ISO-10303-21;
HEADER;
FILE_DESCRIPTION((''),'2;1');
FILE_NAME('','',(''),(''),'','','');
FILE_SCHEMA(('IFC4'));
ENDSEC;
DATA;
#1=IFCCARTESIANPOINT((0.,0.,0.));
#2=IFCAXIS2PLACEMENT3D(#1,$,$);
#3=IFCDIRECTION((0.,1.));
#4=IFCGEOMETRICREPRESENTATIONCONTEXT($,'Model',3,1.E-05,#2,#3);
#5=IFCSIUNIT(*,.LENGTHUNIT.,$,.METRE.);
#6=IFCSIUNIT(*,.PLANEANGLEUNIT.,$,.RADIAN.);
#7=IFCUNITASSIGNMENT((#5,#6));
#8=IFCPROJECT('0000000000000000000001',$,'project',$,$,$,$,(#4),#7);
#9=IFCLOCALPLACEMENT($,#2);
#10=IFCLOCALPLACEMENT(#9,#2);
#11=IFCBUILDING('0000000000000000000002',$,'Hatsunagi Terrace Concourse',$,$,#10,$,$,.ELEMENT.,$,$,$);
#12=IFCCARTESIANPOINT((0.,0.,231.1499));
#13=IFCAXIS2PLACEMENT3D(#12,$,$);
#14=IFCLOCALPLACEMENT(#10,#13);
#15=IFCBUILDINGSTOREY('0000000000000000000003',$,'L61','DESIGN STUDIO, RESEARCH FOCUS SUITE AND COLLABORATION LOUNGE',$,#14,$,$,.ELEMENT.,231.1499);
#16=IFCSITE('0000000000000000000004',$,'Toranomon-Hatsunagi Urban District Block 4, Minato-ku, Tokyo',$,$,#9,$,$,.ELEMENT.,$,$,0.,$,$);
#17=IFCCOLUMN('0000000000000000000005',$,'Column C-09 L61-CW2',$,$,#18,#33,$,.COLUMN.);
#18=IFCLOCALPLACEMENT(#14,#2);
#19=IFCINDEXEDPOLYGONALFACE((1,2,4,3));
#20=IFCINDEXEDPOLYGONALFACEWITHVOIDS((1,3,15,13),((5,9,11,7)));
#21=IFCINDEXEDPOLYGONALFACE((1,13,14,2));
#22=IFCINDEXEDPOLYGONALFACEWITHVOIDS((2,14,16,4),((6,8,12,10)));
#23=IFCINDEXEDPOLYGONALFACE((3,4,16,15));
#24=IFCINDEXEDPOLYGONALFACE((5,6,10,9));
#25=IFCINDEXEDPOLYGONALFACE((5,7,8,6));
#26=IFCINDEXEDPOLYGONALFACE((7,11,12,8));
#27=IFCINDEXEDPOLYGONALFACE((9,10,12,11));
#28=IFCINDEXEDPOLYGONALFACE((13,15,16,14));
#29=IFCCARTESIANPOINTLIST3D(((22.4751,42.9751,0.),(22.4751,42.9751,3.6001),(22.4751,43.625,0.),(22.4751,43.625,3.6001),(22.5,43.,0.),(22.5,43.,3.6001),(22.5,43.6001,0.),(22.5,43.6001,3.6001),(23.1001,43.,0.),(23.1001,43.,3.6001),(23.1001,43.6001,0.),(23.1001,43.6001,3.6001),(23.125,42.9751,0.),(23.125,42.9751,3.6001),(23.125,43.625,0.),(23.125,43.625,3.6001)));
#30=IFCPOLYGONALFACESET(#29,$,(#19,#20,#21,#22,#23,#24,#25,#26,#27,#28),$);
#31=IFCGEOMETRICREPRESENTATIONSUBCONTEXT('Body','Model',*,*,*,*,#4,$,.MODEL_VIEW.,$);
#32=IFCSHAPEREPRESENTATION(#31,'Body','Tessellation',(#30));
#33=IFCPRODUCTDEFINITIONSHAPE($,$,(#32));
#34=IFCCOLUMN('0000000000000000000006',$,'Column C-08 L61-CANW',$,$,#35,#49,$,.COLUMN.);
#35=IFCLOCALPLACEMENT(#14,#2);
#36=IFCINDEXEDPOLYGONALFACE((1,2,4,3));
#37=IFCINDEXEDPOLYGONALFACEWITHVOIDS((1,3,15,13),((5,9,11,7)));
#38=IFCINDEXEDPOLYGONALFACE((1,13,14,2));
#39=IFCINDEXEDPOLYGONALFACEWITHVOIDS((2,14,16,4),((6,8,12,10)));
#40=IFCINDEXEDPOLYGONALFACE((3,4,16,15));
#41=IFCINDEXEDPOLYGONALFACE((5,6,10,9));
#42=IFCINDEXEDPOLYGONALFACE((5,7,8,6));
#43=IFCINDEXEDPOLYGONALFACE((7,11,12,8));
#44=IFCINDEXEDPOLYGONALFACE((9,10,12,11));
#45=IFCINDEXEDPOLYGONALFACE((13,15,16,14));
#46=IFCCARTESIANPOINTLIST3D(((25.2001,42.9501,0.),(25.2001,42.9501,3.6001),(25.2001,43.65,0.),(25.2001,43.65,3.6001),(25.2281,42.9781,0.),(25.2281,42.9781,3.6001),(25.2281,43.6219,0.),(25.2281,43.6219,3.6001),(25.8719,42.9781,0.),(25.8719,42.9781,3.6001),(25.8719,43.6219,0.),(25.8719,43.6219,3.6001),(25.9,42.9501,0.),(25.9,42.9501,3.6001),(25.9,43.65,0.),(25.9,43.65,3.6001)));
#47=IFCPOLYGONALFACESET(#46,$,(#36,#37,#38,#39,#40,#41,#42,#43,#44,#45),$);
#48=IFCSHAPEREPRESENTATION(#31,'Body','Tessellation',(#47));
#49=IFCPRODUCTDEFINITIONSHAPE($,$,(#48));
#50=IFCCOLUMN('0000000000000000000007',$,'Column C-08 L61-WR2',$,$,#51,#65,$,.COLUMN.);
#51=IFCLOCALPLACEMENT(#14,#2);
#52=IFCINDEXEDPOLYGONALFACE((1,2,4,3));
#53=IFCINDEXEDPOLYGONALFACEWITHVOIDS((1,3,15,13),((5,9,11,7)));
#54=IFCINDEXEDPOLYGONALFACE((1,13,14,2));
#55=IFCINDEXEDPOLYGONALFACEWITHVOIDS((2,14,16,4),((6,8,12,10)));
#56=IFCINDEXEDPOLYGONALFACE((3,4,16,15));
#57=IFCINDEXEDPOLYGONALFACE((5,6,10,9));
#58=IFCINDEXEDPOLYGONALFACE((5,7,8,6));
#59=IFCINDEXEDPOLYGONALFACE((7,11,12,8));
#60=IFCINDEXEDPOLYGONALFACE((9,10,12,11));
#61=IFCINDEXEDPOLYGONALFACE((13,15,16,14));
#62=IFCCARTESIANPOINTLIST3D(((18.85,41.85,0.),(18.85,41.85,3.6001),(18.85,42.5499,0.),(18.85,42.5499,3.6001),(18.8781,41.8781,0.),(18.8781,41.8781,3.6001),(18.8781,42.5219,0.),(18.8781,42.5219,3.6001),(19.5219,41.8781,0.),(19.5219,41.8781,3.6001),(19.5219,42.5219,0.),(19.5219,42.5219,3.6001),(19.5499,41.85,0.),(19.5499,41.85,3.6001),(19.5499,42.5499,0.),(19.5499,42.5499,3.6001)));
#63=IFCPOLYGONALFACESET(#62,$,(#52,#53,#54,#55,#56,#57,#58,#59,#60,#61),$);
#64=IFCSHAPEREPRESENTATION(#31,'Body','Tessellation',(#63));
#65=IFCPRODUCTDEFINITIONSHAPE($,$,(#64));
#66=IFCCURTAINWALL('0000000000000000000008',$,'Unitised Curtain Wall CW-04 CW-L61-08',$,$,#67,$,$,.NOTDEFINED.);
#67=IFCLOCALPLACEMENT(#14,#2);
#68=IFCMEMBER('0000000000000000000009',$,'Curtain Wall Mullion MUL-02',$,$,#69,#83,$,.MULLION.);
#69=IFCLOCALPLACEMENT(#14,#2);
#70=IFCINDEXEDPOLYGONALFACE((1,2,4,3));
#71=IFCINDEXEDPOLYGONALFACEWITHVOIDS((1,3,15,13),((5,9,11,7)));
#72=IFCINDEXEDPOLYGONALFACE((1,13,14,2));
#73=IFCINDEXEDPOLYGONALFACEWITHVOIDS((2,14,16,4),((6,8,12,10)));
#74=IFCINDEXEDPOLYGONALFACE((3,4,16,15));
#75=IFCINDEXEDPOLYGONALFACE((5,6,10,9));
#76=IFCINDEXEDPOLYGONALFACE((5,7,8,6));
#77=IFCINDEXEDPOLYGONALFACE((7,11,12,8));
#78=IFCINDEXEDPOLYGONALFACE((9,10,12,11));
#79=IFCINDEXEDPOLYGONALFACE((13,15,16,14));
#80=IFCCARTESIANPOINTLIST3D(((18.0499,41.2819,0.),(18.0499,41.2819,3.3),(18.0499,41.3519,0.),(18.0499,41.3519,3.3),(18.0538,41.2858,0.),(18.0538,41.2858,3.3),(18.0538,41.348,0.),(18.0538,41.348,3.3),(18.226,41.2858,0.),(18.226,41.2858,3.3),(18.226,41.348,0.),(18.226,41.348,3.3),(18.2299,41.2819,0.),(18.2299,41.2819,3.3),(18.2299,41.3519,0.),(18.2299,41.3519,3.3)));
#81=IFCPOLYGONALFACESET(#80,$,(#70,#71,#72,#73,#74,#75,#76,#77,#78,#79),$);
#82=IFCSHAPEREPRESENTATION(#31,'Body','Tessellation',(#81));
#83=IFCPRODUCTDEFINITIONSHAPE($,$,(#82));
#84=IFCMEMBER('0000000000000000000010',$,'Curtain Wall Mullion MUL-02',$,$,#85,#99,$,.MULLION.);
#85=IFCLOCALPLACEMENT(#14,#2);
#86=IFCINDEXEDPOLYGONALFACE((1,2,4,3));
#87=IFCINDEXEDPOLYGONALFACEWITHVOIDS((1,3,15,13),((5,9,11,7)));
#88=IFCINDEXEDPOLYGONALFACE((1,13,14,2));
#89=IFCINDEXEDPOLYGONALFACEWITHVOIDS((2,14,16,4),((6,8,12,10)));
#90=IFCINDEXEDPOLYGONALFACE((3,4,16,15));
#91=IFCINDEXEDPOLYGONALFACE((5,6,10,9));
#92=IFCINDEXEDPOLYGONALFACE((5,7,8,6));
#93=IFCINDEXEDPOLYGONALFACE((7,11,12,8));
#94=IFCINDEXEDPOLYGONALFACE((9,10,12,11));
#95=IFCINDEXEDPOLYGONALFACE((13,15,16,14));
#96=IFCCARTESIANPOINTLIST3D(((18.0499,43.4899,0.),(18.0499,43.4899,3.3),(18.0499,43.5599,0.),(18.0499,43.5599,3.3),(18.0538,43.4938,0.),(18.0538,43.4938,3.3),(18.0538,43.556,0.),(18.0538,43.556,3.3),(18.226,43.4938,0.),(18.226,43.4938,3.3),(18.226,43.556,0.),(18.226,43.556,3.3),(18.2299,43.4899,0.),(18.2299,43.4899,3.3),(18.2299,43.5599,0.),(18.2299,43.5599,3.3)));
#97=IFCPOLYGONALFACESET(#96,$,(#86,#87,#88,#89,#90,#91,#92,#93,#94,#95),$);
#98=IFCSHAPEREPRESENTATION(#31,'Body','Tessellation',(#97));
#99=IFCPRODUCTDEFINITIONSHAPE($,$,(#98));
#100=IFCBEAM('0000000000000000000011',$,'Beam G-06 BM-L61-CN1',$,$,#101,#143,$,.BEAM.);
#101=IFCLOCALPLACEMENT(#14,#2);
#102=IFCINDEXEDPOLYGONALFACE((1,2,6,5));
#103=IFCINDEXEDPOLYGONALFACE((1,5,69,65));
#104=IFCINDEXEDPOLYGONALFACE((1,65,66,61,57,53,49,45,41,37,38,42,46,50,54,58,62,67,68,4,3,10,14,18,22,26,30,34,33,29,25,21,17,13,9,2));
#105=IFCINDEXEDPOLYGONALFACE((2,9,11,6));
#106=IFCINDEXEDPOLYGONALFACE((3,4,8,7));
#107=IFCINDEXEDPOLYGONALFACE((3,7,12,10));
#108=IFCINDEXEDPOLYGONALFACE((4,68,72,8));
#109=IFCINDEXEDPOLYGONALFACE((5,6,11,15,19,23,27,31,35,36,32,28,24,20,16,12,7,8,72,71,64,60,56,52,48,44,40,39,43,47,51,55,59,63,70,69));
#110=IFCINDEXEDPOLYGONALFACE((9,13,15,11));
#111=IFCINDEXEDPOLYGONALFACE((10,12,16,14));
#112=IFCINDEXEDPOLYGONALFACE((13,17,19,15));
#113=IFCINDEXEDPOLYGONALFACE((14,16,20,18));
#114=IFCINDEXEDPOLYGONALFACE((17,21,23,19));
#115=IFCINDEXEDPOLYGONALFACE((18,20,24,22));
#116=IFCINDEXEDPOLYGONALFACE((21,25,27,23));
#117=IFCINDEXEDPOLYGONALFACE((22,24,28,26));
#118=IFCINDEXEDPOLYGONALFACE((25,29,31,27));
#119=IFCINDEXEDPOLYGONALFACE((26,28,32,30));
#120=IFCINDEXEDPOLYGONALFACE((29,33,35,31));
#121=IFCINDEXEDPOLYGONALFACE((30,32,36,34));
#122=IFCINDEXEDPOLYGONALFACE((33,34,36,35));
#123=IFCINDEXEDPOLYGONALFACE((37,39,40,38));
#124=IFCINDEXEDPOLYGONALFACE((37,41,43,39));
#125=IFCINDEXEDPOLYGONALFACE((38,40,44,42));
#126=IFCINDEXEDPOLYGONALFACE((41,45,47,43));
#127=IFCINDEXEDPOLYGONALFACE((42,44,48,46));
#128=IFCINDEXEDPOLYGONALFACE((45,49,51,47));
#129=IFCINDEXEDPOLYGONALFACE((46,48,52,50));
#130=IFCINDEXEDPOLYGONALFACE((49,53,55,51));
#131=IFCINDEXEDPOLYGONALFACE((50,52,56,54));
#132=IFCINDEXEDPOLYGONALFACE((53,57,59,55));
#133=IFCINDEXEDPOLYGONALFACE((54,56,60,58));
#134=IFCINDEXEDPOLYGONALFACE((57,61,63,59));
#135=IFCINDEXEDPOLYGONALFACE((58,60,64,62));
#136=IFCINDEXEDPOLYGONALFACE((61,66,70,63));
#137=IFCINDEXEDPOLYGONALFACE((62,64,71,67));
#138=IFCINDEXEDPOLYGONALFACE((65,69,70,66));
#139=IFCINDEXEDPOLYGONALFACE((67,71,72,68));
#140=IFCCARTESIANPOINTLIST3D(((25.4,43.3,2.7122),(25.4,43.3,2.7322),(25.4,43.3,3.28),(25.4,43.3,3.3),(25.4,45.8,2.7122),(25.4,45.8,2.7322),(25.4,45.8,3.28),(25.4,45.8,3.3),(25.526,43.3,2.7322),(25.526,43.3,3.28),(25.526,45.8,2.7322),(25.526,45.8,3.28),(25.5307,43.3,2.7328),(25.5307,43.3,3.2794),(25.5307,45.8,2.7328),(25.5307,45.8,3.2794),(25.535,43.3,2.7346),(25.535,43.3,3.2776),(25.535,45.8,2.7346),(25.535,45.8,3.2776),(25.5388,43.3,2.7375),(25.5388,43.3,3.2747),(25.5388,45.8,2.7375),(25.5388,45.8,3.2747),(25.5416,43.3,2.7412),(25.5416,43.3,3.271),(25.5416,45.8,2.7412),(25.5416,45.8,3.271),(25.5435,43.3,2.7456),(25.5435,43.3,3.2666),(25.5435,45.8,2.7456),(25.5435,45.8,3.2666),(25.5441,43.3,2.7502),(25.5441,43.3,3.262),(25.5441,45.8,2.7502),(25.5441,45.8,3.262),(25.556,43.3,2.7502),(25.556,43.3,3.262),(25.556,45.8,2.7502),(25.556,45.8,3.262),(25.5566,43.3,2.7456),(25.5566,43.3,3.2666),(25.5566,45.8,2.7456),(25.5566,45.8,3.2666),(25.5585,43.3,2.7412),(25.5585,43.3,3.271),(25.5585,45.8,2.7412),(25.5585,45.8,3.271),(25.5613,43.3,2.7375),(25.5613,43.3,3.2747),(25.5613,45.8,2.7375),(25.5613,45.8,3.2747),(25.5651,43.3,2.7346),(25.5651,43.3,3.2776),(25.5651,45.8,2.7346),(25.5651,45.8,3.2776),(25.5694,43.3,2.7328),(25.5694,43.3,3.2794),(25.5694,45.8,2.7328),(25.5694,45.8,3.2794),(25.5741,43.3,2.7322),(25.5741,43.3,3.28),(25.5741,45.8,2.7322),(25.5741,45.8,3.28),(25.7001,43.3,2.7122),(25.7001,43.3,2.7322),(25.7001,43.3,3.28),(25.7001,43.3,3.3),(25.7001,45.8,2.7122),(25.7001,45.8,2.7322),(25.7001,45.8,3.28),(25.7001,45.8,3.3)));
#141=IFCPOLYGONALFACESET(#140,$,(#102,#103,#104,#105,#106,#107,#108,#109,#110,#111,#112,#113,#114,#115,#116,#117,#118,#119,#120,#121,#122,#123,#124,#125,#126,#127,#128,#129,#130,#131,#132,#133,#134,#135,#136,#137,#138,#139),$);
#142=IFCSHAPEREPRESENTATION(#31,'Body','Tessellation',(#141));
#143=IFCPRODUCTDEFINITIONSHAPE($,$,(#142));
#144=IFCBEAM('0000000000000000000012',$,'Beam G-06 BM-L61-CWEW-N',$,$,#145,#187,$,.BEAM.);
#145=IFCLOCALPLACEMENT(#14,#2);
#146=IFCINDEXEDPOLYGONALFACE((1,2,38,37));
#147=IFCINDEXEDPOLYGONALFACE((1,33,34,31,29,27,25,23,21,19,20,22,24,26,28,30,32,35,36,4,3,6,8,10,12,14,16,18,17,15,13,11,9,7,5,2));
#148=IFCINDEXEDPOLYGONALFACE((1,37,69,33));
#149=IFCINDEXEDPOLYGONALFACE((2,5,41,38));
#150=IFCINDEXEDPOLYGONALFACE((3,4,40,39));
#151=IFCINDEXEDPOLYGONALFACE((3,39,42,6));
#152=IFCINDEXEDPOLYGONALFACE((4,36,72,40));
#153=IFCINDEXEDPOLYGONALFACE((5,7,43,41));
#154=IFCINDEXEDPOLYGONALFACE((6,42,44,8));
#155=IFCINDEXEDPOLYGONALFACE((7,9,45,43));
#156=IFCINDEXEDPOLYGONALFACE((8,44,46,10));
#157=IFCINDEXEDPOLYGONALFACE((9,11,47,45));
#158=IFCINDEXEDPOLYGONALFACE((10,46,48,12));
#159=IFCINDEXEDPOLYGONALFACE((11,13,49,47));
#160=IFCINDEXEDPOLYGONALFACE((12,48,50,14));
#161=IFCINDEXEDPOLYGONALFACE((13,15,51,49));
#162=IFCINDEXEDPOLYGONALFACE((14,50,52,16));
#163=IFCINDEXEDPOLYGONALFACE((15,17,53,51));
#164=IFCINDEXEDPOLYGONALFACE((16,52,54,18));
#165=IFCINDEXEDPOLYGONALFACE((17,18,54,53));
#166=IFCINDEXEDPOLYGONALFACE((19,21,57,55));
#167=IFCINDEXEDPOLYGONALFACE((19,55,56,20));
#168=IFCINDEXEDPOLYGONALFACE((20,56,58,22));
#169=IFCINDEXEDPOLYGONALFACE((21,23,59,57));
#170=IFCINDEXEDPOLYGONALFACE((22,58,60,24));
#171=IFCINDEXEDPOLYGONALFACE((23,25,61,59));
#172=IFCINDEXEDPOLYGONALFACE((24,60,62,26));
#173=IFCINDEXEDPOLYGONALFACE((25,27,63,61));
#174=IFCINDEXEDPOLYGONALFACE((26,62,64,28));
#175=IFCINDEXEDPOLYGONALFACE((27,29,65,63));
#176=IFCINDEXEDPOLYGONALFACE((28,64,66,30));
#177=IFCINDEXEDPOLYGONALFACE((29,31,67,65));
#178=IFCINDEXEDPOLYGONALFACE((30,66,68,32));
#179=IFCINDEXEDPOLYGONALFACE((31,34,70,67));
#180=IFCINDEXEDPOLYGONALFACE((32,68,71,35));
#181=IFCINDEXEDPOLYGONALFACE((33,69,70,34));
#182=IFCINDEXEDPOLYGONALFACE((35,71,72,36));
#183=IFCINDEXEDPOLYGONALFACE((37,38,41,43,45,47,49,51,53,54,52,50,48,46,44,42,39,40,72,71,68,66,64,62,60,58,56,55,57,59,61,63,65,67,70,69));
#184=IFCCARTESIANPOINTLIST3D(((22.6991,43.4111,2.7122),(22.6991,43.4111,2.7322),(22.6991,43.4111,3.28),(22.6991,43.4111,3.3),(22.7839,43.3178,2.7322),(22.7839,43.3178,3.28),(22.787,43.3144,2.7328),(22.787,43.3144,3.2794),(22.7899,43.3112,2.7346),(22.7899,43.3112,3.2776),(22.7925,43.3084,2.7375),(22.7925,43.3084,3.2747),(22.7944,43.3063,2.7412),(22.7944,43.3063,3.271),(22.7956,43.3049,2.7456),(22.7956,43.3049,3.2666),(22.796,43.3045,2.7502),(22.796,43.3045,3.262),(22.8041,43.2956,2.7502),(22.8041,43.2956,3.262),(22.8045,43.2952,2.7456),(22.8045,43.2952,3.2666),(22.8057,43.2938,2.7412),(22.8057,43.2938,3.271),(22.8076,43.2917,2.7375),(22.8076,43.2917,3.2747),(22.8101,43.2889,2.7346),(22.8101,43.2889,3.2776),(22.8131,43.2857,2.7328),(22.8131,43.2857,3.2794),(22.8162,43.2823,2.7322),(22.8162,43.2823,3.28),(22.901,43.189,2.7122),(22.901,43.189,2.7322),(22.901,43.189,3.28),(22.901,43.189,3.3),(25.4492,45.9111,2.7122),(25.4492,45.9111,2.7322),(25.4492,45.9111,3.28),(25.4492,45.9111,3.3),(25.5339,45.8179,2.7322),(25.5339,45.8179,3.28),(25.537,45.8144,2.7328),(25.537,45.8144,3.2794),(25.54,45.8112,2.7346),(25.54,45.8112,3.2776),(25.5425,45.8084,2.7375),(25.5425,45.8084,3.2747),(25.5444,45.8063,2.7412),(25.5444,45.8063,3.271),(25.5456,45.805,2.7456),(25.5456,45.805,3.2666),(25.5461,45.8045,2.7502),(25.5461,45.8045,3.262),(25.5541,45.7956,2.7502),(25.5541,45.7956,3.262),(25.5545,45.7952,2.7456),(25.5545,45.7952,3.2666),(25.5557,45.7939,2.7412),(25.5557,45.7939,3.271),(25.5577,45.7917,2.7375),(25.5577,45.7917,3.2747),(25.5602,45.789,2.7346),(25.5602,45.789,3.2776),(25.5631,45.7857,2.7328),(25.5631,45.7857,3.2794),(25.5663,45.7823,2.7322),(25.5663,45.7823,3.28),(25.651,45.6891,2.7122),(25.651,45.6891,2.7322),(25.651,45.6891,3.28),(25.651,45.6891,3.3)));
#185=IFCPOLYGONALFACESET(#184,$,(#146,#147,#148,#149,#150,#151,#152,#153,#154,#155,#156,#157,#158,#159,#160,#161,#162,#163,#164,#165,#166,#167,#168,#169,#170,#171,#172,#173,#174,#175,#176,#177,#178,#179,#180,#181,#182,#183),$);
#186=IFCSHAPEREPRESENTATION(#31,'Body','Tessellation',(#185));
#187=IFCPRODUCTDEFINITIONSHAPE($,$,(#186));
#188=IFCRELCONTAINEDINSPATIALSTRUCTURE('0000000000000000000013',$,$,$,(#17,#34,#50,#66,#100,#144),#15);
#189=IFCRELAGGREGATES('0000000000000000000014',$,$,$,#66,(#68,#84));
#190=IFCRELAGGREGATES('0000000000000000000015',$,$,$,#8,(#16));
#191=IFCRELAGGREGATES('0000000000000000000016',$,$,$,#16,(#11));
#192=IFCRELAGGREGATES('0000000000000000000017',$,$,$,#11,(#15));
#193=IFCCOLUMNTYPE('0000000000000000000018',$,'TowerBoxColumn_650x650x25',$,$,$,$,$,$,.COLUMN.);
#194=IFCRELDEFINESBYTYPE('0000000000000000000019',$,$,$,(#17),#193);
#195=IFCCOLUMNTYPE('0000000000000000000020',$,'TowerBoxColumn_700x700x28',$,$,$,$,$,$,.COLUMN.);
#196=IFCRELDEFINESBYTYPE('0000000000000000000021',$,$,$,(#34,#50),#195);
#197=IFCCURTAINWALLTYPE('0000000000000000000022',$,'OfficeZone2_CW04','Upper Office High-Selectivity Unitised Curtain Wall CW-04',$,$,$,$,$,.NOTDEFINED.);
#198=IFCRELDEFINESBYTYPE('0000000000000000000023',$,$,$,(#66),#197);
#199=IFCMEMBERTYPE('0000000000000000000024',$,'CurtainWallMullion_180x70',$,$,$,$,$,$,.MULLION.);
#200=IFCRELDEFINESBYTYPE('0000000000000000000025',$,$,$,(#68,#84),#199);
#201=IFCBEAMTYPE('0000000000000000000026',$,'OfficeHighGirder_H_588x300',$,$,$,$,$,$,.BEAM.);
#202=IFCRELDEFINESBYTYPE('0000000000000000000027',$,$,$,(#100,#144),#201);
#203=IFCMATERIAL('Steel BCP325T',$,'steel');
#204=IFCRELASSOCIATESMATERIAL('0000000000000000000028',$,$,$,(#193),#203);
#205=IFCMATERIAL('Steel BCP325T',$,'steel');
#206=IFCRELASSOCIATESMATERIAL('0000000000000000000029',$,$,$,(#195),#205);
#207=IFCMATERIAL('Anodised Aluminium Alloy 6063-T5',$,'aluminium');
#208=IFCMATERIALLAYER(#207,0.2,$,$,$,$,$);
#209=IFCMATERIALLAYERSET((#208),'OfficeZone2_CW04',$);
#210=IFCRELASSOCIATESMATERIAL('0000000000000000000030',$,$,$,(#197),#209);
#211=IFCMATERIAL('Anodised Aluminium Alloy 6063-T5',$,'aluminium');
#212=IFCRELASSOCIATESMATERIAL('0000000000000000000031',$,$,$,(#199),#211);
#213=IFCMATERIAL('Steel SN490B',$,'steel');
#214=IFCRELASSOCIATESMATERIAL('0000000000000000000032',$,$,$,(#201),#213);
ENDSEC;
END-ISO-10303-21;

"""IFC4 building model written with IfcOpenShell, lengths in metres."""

from ifc_helpers import new_model, si_unit, direction, frame, origin, origin_2d, place, context, subcontext, project, spatial, hollow_rectangle, i_section, extrude, material, layer, layer_set, material_profile, profile_set, type_object, element, aggregate, save


model = new_model("IFC4")

# Units and contexts
model_context = context("Model", 3, precision=1e-05, world=origin(), true_north=direction((0.0, 1.0)))
body_context = subcontext(model_context, "Body", "Model", "MODEL_VIEW")
ifc_project = project(units=[si_unit("LENGTHUNIT", "METRE"), si_unit("PLANEANGLEUNIT", "RADIAN")], contexts=[model_context])

# Site, building, storey
site_placement = place(None, origin())
site = spatial("IfcSite", under=ifc_project, at=site_placement, Name="Toranomon-Hatsunagi Urban District Block 4, Minato-ku, Tokyo", CompositionType="ELEMENT", RefElevation=0.0)
building_placement = place(site_placement, origin())
building = spatial("IfcBuilding", under=site, at=building_placement, Name="Hatsunagi Terrace Concourse", CompositionType="ELEMENT")
storey_placement = place(building_placement, frame((0.0, 0.0, 231.1499)))
storey = spatial("IfcBuildingStorey", under=building, at=storey_placement, Name="L61", Description="DESIGN STUDIO, RESEARCH FOCUS SUITE AND COLLABORATION LOUNGE", CompositionType="ELEMENT", Elevation=231.1499)

# Columns
ifc_material_1 = material(Name="Steel BCP325T", Category="steel")
ifc_material_profile_1 = material_profile(ifc_material_1, hollow_rectangle(XDim=0.6499, YDim=0.6499, WallThickness=0.0249, at=origin_2d()), Name="BCP-650x650x25")
ifc_profile_set_1 = profile_set([ifc_material_profile_1], Name="Steel BCP325T")
column_type_1 = type_object("IfcColumnType", Name="TowerBoxColumn_650x650x25", PredefinedType="COLUMN", material=ifc_profile_set_1)
column_placement = place(storey_placement, frame((22.8, 43.3, 0.0), z_axis=(0.0, 0.0, 1.0), x_axis=(1.0, 0.0, 0.0)))
element("IfcColumn", 1, at=column_placement, inside=storey, type_object=column_type_1, Name="Column C-09 L61-CW2", PredefinedType="COLUMN", context=body_context, shape_type="SweptSolid", body=[
    extrude(hollow_rectangle(XDim=0.6499, YDim=0.6499, WallThickness=0.0249, at=origin_2d()), origin(), (0.0, 0.0, 1.0), 3.6001),
])
ifc_material_2 = material(Name="Steel BCP325T", Category="steel")
ifc_material_profile_2 = material_profile(ifc_material_2, hollow_rectangle(XDim=0.7, YDim=0.7, WallThickness=0.0281, at=origin_2d()), Name="BCP-700x700x28")
ifc_profile_set_2 = profile_set([ifc_material_profile_2], Name="Steel BCP325T")
column_type_2 = type_object("IfcColumnType", Name="TowerBoxColumn_700x700x28", PredefinedType="COLUMN", material=ifc_profile_set_2)
for number, where, z_axis, x_axis, name in (
    (2, (25.55, 43.3, 0.0), (0.0, 0.0, 1.0), (1.0, 0.0, 0.0), "Column C-08 L61-CANW"),
    (3, (19.2, 42.2, 0.0), (0.0, 0.0, 1.0), (1.0, 0.0, 0.0), "Column C-08 L61-WR2"),
):
    element("IfcColumn", number, at=place(storey_placement, frame(where, z_axis=z_axis, x_axis=x_axis)), inside=storey, type_object=column_type_2, Name=name, PredefinedType="COLUMN", context=body_context, shape_type="SweptSolid", body=[
        extrude(hollow_rectangle(XDim=0.7, YDim=0.7, WallThickness=0.0281, at=origin_2d()), origin(), (0.0, 0.0, 1.0), 3.6001),
    ])

# Curtain wall, members
ifc_material_3 = material(Name="Anodised Aluminium Alloy 6063-T5", Category="aluminium")
ifc_layer_1 = layer(ifc_material_3, 0.2)
ifc_layer_set_1 = layer_set([ifc_layer_1], Name="OfficeZone2_CW04")
curtain_wall_type = type_object("IfcCurtainWallType", Name="OfficeZone2_CW04", Description="Upper Office High-Selectivity Unitised Curtain Wall CW-04", PredefinedType="NOTDEFINED", material=ifc_layer_set_1)
curtain_wall_placement = place(storey_placement, origin())
curtain_wall = element("IfcCurtainWall", 4, at=curtain_wall_placement, inside=storey, type_object=curtain_wall_type, Name="Unitised Curtain Wall CW-04 CW-L61-08", PredefinedType="NOTDEFINED")
ifc_material_4 = material(Name="Anodised Aluminium Alloy 6063-T5", Category="aluminium")
ifc_material_profile_3 = material_profile(ifc_material_4, hollow_rectangle(XDim=0.0701, YDim=0.1799, WallThickness=0.0039, at=origin_2d()), Name="ALU-MUL-180x70x4")
ifc_profile_set_3 = profile_set([ifc_material_profile_3], Name="Anodised Aluminium Alloy 6063-T5")
member_type = type_object("IfcMemberType", Name="CurtainWallMullion_180x70", PredefinedType="MULLION", material=ifc_profile_set_3)
member_1_placement = place(storey_placement, frame((18.1399, 41.3169, 0.0), z_axis=(0.0, 0.0, 1.0), x_axis=(0.0, 1.0, 0.0)))
member_1 = element("IfcMember", 5, at=member_1_placement, type_object=member_type, Name="Curtain Wall Mullion MUL-02", PredefinedType="MULLION", context=body_context, shape_type="SweptSolid", body=[
    extrude(hollow_rectangle(XDim=0.0701, YDim=0.1799, WallThickness=0.0039, at=origin_2d()), origin(), (0.0, 0.0, 1.0), 3.3),
])
member_2_placement = place(storey_placement, frame((18.1399, 43.5249, 0.0), z_axis=(0.0, 0.0, 1.0), x_axis=(0.0, 1.0, 0.0)))
member_2 = element("IfcMember", 6, at=member_2_placement, type_object=member_type, Name="Curtain Wall Mullion MUL-02", PredefinedType="MULLION", context=body_context, shape_type="SweptSolid", body=[
    extrude(hollow_rectangle(XDim=0.0701, YDim=0.1799, WallThickness=0.0039, at=origin_2d()), origin(), (0.0, 0.0, 1.0), 3.3),
])

# Beams
ifc_material_5 = material(Name="Steel SN490B", Category="steel")
ifc_material_profile_4 = material_profile(ifc_material_5, i_section(OverallWidth=0.3, OverallDepth=0.5879, WebThickness=0.012, FlangeThickness=0.02, FilletRadius=0.0181, at=origin_2d()), Name="H-588x300x12x20")
ifc_profile_set_4 = profile_set([ifc_material_profile_4], Name="Steel SN490B")
beam_type_1 = type_object("IfcBeamType", Name="OfficeHighGirder_H_588x300", PredefinedType="BEAM", material=ifc_profile_set_4)
beam_1_placement = place(storey_placement, frame((25.55, 43.3, 3.0061), z_axis=(0.0, 1.0, 0.0), x_axis=(-1.0, 0.0, 0.0)))
element("IfcBeam", 7, at=beam_1_placement, inside=storey, type_object=beam_type_1, Name="Beam G-06 BM-L61-CN1", PredefinedType="BEAM", context=body_context, shape_type="SweptSolid", body=[
    extrude(i_section(OverallWidth=0.3, OverallDepth=0.5879, WebThickness=0.012, FlangeThickness=0.02, FilletRadius=0.0181, at=origin_2d()), origin(), (0.0, 0.0, 1.0), 2.5),
])
beam_2_placement = place(storey_placement, frame((22.8, 43.3, 3.0061), z_axis=(0.73994, 0.672673, 0.0), x_axis=(-0.672673, 0.73994, 0.0)))
element("IfcBeam", 8, at=beam_2_placement, inside=storey, type_object=beam_type_1, Name="Beam G-06 BM-L61-CWEW-N", PredefinedType="BEAM", context=body_context, shape_type="SweptSolid", body=[
    extrude(i_section(OverallWidth=0.3, OverallDepth=0.5879, WebThickness=0.012, FlangeThickness=0.02, FilletRadius=0.0181, at=origin_2d()), origin(), (0.0, 0.0, 1.0), 3.7166),
])

aggregate(curtain_wall, [member_1, member_2])

save(model, "model.ifc")
